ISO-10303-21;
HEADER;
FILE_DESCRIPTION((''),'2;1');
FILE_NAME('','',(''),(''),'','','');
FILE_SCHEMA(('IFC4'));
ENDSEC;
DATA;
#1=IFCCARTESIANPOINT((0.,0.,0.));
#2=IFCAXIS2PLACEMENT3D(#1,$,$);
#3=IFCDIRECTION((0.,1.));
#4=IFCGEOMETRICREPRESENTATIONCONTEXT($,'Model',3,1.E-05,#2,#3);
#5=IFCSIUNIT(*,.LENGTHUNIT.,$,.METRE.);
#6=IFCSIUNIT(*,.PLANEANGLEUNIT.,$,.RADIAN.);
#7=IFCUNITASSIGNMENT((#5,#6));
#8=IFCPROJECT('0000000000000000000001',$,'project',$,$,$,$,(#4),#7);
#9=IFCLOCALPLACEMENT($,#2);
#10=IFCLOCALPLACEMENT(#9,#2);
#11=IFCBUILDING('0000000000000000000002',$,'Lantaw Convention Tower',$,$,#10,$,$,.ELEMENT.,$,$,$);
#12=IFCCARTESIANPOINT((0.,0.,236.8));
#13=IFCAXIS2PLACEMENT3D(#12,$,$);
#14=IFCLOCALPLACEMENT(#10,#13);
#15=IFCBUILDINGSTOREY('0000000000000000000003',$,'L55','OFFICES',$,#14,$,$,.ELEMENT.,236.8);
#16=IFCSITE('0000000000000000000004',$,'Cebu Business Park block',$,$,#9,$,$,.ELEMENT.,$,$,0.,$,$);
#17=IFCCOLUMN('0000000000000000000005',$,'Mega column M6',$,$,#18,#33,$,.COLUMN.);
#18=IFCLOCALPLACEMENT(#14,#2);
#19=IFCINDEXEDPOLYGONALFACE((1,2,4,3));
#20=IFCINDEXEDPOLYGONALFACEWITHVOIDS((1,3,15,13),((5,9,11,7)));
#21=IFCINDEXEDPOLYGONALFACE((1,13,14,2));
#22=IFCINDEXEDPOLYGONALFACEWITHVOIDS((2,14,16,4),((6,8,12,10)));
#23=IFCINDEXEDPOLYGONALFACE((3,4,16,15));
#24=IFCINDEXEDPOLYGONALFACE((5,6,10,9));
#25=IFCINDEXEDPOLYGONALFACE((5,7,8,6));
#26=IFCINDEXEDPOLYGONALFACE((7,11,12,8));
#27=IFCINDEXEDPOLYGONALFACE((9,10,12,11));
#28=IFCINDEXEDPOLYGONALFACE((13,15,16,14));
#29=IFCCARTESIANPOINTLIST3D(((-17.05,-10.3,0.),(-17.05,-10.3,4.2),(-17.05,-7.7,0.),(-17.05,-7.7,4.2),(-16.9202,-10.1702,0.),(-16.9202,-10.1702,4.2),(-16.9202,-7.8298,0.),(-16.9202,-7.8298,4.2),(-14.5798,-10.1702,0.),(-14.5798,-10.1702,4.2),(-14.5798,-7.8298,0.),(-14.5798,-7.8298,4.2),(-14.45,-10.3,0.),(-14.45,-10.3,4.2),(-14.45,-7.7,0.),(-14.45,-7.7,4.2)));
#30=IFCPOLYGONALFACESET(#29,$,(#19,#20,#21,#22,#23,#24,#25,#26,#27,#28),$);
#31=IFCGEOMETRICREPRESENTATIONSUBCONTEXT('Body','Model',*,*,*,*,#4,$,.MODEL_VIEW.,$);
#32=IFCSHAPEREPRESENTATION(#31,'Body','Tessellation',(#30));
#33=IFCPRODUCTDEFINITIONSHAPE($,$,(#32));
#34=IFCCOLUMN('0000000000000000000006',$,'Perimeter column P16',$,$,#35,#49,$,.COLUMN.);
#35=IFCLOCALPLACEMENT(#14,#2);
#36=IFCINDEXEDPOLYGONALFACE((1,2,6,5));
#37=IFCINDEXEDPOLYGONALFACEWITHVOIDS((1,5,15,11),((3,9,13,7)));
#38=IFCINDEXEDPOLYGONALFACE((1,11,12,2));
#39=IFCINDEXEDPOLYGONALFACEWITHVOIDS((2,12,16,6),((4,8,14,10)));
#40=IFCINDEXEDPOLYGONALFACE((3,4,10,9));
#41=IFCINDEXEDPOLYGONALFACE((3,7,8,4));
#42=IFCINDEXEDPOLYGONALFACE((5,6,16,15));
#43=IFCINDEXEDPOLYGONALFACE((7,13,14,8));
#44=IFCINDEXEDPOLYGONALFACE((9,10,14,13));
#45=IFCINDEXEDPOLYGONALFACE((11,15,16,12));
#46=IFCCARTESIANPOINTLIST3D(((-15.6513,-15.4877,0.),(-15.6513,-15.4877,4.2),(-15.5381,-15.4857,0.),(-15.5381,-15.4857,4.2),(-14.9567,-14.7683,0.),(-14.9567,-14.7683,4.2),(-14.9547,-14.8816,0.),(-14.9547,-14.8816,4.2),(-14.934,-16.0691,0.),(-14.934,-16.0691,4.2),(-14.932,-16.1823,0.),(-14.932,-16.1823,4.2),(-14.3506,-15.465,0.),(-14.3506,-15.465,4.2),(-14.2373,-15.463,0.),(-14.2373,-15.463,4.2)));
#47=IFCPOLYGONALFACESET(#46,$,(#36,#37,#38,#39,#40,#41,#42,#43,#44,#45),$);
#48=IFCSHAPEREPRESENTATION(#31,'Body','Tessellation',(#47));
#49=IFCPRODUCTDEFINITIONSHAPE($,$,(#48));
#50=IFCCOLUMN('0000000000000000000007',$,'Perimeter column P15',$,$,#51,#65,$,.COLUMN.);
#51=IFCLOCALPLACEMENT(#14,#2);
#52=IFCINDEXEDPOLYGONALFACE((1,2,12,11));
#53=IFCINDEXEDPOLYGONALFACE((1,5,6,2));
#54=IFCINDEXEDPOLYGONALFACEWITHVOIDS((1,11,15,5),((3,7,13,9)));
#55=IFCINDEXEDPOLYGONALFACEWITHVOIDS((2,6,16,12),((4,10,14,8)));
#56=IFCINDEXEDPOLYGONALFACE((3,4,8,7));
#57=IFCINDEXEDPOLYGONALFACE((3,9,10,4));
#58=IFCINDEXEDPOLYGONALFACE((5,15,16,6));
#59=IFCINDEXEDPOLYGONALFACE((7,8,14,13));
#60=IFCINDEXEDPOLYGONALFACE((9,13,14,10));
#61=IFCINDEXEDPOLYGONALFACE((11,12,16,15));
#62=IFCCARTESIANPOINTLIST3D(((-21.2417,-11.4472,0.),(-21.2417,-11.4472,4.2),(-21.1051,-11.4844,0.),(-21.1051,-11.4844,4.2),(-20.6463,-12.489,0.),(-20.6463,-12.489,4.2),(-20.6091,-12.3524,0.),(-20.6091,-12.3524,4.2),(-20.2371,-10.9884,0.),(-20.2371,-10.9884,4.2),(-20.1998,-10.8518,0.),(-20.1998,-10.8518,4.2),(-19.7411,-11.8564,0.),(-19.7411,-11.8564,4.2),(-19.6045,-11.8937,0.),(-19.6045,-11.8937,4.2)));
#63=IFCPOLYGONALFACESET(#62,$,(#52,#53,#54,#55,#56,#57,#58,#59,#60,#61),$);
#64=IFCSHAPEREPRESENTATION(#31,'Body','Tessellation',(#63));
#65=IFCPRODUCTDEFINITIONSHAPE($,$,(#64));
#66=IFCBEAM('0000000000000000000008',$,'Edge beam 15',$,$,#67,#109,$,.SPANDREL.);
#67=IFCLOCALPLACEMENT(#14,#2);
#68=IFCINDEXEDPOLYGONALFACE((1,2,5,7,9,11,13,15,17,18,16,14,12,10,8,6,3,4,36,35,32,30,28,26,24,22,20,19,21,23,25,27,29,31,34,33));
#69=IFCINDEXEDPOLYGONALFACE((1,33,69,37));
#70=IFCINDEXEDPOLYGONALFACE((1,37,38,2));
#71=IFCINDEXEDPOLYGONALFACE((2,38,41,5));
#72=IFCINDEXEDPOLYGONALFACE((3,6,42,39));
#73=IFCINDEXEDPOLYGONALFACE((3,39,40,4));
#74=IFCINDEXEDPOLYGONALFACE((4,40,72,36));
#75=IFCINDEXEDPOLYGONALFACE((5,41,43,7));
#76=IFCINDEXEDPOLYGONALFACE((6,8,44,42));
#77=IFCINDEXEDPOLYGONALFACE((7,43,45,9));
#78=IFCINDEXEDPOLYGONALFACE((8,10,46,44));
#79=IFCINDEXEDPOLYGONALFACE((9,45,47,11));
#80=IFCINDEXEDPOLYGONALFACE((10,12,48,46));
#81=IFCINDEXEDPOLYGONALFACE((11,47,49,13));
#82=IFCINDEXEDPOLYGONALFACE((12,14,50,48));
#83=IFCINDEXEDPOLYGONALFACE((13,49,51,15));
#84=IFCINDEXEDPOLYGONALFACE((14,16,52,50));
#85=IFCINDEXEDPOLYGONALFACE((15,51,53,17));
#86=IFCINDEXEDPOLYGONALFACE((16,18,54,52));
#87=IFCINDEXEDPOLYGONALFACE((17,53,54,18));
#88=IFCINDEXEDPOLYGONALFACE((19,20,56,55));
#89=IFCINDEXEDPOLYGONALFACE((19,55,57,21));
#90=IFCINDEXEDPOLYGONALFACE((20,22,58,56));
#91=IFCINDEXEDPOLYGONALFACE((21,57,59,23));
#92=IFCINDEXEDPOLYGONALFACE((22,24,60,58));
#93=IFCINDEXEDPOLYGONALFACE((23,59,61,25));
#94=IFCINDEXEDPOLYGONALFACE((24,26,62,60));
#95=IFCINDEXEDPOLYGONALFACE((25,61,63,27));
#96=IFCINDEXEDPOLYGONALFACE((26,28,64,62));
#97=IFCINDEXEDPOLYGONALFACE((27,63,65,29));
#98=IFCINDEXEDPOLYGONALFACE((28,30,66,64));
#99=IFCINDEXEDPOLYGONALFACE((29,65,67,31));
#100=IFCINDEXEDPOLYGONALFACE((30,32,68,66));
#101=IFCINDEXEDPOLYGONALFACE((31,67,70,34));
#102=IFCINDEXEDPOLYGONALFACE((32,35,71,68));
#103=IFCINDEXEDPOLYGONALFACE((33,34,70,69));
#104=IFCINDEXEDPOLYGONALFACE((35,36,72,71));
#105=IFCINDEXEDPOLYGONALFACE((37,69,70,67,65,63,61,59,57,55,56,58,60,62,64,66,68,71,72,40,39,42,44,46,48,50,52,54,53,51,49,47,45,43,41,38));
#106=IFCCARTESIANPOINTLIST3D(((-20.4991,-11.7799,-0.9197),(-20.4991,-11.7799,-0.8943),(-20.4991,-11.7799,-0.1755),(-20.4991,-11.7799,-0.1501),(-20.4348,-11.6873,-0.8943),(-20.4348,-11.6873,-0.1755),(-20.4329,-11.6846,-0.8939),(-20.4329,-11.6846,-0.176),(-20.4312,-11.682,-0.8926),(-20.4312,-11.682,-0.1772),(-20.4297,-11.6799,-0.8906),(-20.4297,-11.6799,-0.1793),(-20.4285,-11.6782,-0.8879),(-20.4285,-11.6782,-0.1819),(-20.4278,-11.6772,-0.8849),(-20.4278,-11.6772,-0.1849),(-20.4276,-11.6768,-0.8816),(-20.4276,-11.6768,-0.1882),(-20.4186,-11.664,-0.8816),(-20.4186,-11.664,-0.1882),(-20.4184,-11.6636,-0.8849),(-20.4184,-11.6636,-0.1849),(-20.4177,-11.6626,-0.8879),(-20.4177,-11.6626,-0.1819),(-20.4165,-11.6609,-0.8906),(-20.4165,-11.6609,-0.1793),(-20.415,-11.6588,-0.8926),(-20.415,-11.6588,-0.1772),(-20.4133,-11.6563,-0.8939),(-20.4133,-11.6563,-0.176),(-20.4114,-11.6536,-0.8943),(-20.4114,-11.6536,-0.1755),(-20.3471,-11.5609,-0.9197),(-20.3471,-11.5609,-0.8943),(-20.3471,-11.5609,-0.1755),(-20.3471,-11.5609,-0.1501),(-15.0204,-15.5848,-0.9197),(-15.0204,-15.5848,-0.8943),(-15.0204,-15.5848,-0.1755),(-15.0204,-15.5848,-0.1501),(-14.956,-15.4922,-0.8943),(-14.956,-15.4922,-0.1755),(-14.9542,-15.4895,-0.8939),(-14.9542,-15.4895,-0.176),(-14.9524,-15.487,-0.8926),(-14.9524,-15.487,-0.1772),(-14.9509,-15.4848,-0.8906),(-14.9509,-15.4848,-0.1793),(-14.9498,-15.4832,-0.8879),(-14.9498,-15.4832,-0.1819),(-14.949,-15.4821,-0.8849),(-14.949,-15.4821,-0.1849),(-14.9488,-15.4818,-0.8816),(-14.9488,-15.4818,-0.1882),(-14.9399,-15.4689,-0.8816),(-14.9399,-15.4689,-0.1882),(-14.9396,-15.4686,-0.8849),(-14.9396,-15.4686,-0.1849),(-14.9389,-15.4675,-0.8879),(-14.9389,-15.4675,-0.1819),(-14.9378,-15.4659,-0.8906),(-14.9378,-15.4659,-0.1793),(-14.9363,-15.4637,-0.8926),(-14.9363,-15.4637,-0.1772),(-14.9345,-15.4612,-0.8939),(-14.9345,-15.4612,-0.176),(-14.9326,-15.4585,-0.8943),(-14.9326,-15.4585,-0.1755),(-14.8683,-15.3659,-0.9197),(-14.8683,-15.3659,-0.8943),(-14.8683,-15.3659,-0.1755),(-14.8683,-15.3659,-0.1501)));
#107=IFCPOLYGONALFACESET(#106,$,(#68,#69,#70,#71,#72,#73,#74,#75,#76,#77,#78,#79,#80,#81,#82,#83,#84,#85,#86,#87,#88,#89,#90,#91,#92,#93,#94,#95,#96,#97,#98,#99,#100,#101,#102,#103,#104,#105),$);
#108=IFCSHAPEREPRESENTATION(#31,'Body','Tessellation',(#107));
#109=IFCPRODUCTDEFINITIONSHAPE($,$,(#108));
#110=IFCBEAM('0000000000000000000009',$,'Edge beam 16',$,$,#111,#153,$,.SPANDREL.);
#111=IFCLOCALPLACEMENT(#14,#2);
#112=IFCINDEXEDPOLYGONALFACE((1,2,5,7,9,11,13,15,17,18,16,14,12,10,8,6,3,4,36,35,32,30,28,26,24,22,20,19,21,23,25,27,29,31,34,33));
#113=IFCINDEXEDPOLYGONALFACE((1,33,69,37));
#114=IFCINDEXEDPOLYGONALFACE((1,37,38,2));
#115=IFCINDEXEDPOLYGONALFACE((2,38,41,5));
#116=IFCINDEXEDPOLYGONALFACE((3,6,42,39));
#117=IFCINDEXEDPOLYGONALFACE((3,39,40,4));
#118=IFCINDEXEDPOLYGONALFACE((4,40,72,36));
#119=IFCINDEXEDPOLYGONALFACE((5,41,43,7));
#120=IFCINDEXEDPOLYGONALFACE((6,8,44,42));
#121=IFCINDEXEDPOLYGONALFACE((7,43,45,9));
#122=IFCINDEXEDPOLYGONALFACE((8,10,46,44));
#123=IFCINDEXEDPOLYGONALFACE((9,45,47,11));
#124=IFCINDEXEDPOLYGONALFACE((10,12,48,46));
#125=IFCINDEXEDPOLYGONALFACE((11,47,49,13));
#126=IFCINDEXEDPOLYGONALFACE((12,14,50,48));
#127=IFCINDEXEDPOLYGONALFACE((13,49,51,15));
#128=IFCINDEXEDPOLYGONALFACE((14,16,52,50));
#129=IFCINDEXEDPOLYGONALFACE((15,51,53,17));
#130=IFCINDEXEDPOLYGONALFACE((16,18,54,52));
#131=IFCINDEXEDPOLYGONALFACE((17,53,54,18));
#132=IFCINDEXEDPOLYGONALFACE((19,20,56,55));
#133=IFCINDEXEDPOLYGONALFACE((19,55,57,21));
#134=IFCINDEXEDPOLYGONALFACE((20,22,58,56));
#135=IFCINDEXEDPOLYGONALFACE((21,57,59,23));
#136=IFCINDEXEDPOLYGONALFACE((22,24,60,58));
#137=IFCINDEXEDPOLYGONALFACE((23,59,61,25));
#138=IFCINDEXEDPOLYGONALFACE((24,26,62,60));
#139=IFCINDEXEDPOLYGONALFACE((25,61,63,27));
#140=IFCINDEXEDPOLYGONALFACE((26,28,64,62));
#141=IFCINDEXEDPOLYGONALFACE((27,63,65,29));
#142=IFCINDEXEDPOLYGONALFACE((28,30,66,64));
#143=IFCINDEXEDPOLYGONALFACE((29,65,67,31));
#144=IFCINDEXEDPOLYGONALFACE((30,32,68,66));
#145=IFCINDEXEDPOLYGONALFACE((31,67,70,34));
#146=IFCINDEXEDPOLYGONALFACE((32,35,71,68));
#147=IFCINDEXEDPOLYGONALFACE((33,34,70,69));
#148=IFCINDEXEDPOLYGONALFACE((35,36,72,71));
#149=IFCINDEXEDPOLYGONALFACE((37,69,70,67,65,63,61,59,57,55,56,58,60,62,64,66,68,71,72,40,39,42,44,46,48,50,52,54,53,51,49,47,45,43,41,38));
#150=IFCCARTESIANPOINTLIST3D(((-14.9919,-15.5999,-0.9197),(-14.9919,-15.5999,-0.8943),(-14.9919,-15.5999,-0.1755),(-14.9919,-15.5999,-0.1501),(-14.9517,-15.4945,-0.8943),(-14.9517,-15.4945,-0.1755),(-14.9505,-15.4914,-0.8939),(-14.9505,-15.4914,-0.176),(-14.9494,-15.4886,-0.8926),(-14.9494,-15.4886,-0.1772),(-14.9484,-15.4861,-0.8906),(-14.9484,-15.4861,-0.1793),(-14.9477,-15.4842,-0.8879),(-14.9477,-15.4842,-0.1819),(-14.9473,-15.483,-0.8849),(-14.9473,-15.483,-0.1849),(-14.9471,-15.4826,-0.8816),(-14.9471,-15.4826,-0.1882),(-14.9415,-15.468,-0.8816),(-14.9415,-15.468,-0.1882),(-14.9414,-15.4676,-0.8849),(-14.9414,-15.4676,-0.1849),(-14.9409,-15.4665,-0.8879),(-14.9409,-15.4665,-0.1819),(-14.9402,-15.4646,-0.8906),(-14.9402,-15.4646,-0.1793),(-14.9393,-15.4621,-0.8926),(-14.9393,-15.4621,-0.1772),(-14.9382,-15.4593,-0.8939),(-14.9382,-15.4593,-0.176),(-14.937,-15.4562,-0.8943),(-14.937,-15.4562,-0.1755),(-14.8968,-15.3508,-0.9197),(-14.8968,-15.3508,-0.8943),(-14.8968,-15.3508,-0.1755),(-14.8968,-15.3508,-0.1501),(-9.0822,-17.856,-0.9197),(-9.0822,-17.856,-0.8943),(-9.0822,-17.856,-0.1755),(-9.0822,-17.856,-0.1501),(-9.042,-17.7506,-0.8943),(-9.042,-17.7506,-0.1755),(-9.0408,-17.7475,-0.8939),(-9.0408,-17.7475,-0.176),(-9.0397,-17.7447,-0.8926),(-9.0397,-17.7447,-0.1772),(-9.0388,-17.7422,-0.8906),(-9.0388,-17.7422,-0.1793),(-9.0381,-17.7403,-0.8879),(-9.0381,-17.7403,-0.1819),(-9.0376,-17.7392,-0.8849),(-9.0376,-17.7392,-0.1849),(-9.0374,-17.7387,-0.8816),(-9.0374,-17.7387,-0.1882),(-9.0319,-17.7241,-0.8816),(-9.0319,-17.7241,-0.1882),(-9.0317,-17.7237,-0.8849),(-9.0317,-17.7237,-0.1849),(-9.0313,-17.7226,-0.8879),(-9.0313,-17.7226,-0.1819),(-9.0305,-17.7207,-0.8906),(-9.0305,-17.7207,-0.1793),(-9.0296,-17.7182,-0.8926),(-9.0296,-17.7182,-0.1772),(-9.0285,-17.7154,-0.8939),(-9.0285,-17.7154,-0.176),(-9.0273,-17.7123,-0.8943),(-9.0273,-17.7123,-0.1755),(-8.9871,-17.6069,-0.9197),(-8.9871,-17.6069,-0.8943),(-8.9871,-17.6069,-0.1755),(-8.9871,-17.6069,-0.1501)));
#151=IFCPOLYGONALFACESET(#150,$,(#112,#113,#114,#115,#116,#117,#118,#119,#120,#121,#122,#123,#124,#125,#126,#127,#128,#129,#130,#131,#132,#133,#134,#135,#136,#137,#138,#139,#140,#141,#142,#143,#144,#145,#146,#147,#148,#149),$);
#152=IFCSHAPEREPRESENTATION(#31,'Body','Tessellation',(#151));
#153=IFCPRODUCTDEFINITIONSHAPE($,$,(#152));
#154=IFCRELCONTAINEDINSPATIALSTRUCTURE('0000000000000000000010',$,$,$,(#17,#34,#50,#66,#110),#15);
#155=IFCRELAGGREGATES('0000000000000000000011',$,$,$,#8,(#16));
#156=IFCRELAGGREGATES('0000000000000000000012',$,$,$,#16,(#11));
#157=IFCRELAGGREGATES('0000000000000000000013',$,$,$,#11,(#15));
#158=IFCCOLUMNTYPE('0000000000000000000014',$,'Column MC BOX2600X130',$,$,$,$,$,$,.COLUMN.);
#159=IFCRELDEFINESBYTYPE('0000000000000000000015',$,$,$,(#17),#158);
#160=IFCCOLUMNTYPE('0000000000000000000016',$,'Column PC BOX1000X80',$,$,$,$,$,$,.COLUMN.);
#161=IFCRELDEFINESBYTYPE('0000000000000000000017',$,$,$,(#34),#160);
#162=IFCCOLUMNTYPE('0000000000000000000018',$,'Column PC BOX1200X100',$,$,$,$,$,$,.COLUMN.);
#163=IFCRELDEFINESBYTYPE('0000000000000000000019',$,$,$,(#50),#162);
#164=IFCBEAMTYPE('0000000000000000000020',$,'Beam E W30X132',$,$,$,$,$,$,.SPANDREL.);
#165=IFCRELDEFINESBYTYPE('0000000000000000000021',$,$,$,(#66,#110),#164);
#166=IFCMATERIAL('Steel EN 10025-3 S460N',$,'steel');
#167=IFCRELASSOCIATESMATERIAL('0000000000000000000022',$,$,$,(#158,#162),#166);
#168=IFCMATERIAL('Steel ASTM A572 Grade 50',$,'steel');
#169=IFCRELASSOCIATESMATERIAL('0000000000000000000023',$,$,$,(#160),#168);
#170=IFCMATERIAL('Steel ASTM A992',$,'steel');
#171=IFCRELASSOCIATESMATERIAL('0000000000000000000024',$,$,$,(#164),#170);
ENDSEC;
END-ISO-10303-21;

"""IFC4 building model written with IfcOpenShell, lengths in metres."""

from ifc_helpers import new_model, si_unit, direction, frame, origin, origin_2d, place, context, subcontext, project, spatial, rectangle, hollow_rectangle, i_section, extrude, material, material_profile, profile_set, type_object, element, save


model = new_model("IFC4")

# Units and contexts
model_context = context("Model", 3, precision=1e-05, world=origin(), true_north=direction((0.0, 1.0)))
body_context = subcontext(model_context, "Body", "Model", "MODEL_VIEW")
ifc_project = project(units=[si_unit("LENGTHUNIT", "METRE"), si_unit("PLANEANGLEUNIT", "RADIAN")], contexts=[model_context])

# Site, building, storey
site_placement = place(None, origin())
site = spatial("IfcSite", under=ifc_project, at=site_placement, Name="Cebu Business Park block", CompositionType="ELEMENT", RefElevation=0.0)
building_placement = place(site_placement, origin())
building = spatial("IfcBuilding", under=site, at=building_placement, Name="Lantaw Convention Tower", CompositionType="ELEMENT")
storey_placement = place(building_placement, frame((0.0, 0.0, 236.8)))
storey = spatial("IfcBuildingStorey", under=building, at=storey_placement, Name="L55", Description="OFFICES", CompositionType="ELEMENT", Elevation=236.8)

# Columns
ifc_material_1 = material(Name="Steel EN 10025-3 S460N", Category="steel")
ifc_material_profile_1 = material_profile(ifc_material_1, hollow_rectangle(XDim=2.6001, YDim=2.6001, WallThickness=0.1299, at=origin_2d()), Name="BOX2600X130")
ifc_material_2 = material(Name="Concrete C60/75", Category="concrete")
ifc_material_profile_2 = material_profile(ifc_material_2, rectangle(XDim=2.3401, YDim=2.3401, at=origin_2d()), Name="Concrete fill of BOX2600X130")
ifc_profile_set_1 = profile_set([ifc_material_profile_1, ifc_material_profile_2], Name="Steel EN 10025-3 S460N")
column_type_1 = type_object("IfcColumnType", Name="Column MC BOX2600X130", PredefinedType="COLUMN", material=ifc_profile_set_1)
column_1_placement = place(storey_placement, frame((-15.75, -9.0, 0.0), z_axis=(0.0, 0.0, 1.0), x_axis=(1.0, 0.0, 0.0)))
element("IfcColumn", 1, at=column_1_placement, inside=storey, type_object=column_type_1, Name="Mega column M6", PredefinedType="COLUMN", context=body_context, shape_type="SweptSolid", body=[
    extrude(hollow_rectangle(XDim=2.6001, YDim=2.6001, WallThickness=0.1299, at=origin_2d()), origin(), (0.0, 0.0, 1.0), 4.2),
])
ifc_material_3 = material(Name="Steel ASTM A572 Grade 50", Category="steel")
ifc_material_profile_3 = material_profile(ifc_material_3, hollow_rectangle(XDim=1.0, YDim=1.0, WallThickness=0.0801, at=origin_2d()), Name="BOX1000X80")
ifc_material_profile_4 = material_profile(ifc_material_2, rectangle(XDim=0.8401, YDim=0.8401, at=origin_2d()), Name="Concrete fill of BOX1000X80")
ifc_profile_set_2 = profile_set([ifc_material_profile_3, ifc_material_profile_4], Name="Steel ASTM A572 Grade 50")
column_type_2 = type_object("IfcColumnType", Name="Column PC BOX1000X80", PredefinedType="COLUMN", material=ifc_profile_set_2)
column_2_placement = place(storey_placement, frame((-14.9443, -15.4753, 0.0), z_axis=(0.0, 0.0, 1.0), x_axis=(0.694658, 0.71934, 0.0)))
element("IfcColumn", 2, at=column_2_placement, inside=storey, type_object=column_type_2, Name="Perimeter column P16", PredefinedType="COLUMN", context=body_context, shape_type="SweptSolid", body=[
    extrude(hollow_rectangle(XDim=1.0, YDim=1.0, WallThickness=0.0801, at=origin_2d()), origin(), (0.0, 0.0, 1.0), 4.2),
])
ifc_material_profile_5 = material_profile(ifc_material_1, hollow_rectangle(XDim=1.2, YDim=1.2, WallThickness=0.1001, at=origin_2d()), Name="BOX1200X100")
ifc_material_profile_6 = material_profile(ifc_material_2, rectangle(XDim=1.0, YDim=1.0, at=origin_2d()), Name="Concrete fill of BOX1200X100")
ifc_profile_set_3 = profile_set([ifc_material_profile_5, ifc_material_profile_6], Name="Steel EN 10025-3 S460N")
column_type_3 = type_object("IfcColumnType", Name="Column PC BOX1200X100", PredefinedType="COLUMN", material=ifc_profile_set_3)
column_3_placement = place(storey_placement, frame((-20.4231, -11.6704, 0.0), z_axis=(0.0, 0.0, 1.0), x_axis=(0.868243, 0.496139, 0.0)))
element("IfcColumn", 3, at=column_3_placement, inside=storey, type_object=column_type_3, Name="Perimeter column P15", PredefinedType="COLUMN", context=body_context, shape_type="SweptSolid", body=[
    extrude(hollow_rectangle(XDim=1.2, YDim=1.2, WallThickness=0.1001, at=origin_2d()), origin(), (0.0, 0.0, 1.0), 4.2),
])

# Beams
ifc_material_4 = material(Name="Steel ASTM A992", Category="steel")
ifc_material_profile_7 = material_profile(ifc_material_4, i_section(OverallWidth=0.2666, OverallDepth=0.7695, WebThickness=0.0156, FlangeThickness=0.0254, FilletRadius=0.0127, at=origin_2d()), Name="W30X132")
ifc_profile_set_4 = profile_set([ifc_material_profile_7], Name="Steel ASTM A992")
beam_type_1 = type_object("IfcBeamType", Name="Beam E W30X132", PredefinedType="SPANDREL", material=ifc_profile_set_4)
beam_1_placement = place(storey_placement, frame((-20.4231, -11.6704, -0.5349), z_axis=(0.821353, -0.57042, 0.0), x_axis=(0.57042, 0.821353, 0.0)))
element("IfcBeam", 4, at=beam_1_placement, inside=storey, type_object=beam_type_1, Name="Edge beam 15", PredefinedType="SPANDREL", context=body_context, shape_type="SweptSolid", body=[
    extrude(i_section(OverallWidth=0.2666, OverallDepth=0.7695, WebThickness=0.0156, FlangeThickness=0.0254, FilletRadius=0.0127, at=origin_2d()), origin(), (0.0, 0.0, 1.0), 6.6704),
])
beam_2_placement = place(storey_placement, frame((-14.9443, -15.4753, -0.5349), z_axis=(0.934235, -0.356658, 0.0), x_axis=(0.356658, 0.934235, 0.0)))
element("IfcBeam", 5, at=beam_2_placement, inside=storey, type_object=beam_type_1, Name="Edge beam 16", PredefinedType="SPANDREL", context=body_context, shape_type="SweptSolid", body=[
    extrude(i_section(OverallWidth=0.2666, OverallDepth=0.7695, WebThickness=0.0156, FlangeThickness=0.0254, FilletRadius=0.0127, at=origin_2d()), origin(), (0.0, 0.0, 1.0), 6.3257),
])

save(model, "model.ifc")
